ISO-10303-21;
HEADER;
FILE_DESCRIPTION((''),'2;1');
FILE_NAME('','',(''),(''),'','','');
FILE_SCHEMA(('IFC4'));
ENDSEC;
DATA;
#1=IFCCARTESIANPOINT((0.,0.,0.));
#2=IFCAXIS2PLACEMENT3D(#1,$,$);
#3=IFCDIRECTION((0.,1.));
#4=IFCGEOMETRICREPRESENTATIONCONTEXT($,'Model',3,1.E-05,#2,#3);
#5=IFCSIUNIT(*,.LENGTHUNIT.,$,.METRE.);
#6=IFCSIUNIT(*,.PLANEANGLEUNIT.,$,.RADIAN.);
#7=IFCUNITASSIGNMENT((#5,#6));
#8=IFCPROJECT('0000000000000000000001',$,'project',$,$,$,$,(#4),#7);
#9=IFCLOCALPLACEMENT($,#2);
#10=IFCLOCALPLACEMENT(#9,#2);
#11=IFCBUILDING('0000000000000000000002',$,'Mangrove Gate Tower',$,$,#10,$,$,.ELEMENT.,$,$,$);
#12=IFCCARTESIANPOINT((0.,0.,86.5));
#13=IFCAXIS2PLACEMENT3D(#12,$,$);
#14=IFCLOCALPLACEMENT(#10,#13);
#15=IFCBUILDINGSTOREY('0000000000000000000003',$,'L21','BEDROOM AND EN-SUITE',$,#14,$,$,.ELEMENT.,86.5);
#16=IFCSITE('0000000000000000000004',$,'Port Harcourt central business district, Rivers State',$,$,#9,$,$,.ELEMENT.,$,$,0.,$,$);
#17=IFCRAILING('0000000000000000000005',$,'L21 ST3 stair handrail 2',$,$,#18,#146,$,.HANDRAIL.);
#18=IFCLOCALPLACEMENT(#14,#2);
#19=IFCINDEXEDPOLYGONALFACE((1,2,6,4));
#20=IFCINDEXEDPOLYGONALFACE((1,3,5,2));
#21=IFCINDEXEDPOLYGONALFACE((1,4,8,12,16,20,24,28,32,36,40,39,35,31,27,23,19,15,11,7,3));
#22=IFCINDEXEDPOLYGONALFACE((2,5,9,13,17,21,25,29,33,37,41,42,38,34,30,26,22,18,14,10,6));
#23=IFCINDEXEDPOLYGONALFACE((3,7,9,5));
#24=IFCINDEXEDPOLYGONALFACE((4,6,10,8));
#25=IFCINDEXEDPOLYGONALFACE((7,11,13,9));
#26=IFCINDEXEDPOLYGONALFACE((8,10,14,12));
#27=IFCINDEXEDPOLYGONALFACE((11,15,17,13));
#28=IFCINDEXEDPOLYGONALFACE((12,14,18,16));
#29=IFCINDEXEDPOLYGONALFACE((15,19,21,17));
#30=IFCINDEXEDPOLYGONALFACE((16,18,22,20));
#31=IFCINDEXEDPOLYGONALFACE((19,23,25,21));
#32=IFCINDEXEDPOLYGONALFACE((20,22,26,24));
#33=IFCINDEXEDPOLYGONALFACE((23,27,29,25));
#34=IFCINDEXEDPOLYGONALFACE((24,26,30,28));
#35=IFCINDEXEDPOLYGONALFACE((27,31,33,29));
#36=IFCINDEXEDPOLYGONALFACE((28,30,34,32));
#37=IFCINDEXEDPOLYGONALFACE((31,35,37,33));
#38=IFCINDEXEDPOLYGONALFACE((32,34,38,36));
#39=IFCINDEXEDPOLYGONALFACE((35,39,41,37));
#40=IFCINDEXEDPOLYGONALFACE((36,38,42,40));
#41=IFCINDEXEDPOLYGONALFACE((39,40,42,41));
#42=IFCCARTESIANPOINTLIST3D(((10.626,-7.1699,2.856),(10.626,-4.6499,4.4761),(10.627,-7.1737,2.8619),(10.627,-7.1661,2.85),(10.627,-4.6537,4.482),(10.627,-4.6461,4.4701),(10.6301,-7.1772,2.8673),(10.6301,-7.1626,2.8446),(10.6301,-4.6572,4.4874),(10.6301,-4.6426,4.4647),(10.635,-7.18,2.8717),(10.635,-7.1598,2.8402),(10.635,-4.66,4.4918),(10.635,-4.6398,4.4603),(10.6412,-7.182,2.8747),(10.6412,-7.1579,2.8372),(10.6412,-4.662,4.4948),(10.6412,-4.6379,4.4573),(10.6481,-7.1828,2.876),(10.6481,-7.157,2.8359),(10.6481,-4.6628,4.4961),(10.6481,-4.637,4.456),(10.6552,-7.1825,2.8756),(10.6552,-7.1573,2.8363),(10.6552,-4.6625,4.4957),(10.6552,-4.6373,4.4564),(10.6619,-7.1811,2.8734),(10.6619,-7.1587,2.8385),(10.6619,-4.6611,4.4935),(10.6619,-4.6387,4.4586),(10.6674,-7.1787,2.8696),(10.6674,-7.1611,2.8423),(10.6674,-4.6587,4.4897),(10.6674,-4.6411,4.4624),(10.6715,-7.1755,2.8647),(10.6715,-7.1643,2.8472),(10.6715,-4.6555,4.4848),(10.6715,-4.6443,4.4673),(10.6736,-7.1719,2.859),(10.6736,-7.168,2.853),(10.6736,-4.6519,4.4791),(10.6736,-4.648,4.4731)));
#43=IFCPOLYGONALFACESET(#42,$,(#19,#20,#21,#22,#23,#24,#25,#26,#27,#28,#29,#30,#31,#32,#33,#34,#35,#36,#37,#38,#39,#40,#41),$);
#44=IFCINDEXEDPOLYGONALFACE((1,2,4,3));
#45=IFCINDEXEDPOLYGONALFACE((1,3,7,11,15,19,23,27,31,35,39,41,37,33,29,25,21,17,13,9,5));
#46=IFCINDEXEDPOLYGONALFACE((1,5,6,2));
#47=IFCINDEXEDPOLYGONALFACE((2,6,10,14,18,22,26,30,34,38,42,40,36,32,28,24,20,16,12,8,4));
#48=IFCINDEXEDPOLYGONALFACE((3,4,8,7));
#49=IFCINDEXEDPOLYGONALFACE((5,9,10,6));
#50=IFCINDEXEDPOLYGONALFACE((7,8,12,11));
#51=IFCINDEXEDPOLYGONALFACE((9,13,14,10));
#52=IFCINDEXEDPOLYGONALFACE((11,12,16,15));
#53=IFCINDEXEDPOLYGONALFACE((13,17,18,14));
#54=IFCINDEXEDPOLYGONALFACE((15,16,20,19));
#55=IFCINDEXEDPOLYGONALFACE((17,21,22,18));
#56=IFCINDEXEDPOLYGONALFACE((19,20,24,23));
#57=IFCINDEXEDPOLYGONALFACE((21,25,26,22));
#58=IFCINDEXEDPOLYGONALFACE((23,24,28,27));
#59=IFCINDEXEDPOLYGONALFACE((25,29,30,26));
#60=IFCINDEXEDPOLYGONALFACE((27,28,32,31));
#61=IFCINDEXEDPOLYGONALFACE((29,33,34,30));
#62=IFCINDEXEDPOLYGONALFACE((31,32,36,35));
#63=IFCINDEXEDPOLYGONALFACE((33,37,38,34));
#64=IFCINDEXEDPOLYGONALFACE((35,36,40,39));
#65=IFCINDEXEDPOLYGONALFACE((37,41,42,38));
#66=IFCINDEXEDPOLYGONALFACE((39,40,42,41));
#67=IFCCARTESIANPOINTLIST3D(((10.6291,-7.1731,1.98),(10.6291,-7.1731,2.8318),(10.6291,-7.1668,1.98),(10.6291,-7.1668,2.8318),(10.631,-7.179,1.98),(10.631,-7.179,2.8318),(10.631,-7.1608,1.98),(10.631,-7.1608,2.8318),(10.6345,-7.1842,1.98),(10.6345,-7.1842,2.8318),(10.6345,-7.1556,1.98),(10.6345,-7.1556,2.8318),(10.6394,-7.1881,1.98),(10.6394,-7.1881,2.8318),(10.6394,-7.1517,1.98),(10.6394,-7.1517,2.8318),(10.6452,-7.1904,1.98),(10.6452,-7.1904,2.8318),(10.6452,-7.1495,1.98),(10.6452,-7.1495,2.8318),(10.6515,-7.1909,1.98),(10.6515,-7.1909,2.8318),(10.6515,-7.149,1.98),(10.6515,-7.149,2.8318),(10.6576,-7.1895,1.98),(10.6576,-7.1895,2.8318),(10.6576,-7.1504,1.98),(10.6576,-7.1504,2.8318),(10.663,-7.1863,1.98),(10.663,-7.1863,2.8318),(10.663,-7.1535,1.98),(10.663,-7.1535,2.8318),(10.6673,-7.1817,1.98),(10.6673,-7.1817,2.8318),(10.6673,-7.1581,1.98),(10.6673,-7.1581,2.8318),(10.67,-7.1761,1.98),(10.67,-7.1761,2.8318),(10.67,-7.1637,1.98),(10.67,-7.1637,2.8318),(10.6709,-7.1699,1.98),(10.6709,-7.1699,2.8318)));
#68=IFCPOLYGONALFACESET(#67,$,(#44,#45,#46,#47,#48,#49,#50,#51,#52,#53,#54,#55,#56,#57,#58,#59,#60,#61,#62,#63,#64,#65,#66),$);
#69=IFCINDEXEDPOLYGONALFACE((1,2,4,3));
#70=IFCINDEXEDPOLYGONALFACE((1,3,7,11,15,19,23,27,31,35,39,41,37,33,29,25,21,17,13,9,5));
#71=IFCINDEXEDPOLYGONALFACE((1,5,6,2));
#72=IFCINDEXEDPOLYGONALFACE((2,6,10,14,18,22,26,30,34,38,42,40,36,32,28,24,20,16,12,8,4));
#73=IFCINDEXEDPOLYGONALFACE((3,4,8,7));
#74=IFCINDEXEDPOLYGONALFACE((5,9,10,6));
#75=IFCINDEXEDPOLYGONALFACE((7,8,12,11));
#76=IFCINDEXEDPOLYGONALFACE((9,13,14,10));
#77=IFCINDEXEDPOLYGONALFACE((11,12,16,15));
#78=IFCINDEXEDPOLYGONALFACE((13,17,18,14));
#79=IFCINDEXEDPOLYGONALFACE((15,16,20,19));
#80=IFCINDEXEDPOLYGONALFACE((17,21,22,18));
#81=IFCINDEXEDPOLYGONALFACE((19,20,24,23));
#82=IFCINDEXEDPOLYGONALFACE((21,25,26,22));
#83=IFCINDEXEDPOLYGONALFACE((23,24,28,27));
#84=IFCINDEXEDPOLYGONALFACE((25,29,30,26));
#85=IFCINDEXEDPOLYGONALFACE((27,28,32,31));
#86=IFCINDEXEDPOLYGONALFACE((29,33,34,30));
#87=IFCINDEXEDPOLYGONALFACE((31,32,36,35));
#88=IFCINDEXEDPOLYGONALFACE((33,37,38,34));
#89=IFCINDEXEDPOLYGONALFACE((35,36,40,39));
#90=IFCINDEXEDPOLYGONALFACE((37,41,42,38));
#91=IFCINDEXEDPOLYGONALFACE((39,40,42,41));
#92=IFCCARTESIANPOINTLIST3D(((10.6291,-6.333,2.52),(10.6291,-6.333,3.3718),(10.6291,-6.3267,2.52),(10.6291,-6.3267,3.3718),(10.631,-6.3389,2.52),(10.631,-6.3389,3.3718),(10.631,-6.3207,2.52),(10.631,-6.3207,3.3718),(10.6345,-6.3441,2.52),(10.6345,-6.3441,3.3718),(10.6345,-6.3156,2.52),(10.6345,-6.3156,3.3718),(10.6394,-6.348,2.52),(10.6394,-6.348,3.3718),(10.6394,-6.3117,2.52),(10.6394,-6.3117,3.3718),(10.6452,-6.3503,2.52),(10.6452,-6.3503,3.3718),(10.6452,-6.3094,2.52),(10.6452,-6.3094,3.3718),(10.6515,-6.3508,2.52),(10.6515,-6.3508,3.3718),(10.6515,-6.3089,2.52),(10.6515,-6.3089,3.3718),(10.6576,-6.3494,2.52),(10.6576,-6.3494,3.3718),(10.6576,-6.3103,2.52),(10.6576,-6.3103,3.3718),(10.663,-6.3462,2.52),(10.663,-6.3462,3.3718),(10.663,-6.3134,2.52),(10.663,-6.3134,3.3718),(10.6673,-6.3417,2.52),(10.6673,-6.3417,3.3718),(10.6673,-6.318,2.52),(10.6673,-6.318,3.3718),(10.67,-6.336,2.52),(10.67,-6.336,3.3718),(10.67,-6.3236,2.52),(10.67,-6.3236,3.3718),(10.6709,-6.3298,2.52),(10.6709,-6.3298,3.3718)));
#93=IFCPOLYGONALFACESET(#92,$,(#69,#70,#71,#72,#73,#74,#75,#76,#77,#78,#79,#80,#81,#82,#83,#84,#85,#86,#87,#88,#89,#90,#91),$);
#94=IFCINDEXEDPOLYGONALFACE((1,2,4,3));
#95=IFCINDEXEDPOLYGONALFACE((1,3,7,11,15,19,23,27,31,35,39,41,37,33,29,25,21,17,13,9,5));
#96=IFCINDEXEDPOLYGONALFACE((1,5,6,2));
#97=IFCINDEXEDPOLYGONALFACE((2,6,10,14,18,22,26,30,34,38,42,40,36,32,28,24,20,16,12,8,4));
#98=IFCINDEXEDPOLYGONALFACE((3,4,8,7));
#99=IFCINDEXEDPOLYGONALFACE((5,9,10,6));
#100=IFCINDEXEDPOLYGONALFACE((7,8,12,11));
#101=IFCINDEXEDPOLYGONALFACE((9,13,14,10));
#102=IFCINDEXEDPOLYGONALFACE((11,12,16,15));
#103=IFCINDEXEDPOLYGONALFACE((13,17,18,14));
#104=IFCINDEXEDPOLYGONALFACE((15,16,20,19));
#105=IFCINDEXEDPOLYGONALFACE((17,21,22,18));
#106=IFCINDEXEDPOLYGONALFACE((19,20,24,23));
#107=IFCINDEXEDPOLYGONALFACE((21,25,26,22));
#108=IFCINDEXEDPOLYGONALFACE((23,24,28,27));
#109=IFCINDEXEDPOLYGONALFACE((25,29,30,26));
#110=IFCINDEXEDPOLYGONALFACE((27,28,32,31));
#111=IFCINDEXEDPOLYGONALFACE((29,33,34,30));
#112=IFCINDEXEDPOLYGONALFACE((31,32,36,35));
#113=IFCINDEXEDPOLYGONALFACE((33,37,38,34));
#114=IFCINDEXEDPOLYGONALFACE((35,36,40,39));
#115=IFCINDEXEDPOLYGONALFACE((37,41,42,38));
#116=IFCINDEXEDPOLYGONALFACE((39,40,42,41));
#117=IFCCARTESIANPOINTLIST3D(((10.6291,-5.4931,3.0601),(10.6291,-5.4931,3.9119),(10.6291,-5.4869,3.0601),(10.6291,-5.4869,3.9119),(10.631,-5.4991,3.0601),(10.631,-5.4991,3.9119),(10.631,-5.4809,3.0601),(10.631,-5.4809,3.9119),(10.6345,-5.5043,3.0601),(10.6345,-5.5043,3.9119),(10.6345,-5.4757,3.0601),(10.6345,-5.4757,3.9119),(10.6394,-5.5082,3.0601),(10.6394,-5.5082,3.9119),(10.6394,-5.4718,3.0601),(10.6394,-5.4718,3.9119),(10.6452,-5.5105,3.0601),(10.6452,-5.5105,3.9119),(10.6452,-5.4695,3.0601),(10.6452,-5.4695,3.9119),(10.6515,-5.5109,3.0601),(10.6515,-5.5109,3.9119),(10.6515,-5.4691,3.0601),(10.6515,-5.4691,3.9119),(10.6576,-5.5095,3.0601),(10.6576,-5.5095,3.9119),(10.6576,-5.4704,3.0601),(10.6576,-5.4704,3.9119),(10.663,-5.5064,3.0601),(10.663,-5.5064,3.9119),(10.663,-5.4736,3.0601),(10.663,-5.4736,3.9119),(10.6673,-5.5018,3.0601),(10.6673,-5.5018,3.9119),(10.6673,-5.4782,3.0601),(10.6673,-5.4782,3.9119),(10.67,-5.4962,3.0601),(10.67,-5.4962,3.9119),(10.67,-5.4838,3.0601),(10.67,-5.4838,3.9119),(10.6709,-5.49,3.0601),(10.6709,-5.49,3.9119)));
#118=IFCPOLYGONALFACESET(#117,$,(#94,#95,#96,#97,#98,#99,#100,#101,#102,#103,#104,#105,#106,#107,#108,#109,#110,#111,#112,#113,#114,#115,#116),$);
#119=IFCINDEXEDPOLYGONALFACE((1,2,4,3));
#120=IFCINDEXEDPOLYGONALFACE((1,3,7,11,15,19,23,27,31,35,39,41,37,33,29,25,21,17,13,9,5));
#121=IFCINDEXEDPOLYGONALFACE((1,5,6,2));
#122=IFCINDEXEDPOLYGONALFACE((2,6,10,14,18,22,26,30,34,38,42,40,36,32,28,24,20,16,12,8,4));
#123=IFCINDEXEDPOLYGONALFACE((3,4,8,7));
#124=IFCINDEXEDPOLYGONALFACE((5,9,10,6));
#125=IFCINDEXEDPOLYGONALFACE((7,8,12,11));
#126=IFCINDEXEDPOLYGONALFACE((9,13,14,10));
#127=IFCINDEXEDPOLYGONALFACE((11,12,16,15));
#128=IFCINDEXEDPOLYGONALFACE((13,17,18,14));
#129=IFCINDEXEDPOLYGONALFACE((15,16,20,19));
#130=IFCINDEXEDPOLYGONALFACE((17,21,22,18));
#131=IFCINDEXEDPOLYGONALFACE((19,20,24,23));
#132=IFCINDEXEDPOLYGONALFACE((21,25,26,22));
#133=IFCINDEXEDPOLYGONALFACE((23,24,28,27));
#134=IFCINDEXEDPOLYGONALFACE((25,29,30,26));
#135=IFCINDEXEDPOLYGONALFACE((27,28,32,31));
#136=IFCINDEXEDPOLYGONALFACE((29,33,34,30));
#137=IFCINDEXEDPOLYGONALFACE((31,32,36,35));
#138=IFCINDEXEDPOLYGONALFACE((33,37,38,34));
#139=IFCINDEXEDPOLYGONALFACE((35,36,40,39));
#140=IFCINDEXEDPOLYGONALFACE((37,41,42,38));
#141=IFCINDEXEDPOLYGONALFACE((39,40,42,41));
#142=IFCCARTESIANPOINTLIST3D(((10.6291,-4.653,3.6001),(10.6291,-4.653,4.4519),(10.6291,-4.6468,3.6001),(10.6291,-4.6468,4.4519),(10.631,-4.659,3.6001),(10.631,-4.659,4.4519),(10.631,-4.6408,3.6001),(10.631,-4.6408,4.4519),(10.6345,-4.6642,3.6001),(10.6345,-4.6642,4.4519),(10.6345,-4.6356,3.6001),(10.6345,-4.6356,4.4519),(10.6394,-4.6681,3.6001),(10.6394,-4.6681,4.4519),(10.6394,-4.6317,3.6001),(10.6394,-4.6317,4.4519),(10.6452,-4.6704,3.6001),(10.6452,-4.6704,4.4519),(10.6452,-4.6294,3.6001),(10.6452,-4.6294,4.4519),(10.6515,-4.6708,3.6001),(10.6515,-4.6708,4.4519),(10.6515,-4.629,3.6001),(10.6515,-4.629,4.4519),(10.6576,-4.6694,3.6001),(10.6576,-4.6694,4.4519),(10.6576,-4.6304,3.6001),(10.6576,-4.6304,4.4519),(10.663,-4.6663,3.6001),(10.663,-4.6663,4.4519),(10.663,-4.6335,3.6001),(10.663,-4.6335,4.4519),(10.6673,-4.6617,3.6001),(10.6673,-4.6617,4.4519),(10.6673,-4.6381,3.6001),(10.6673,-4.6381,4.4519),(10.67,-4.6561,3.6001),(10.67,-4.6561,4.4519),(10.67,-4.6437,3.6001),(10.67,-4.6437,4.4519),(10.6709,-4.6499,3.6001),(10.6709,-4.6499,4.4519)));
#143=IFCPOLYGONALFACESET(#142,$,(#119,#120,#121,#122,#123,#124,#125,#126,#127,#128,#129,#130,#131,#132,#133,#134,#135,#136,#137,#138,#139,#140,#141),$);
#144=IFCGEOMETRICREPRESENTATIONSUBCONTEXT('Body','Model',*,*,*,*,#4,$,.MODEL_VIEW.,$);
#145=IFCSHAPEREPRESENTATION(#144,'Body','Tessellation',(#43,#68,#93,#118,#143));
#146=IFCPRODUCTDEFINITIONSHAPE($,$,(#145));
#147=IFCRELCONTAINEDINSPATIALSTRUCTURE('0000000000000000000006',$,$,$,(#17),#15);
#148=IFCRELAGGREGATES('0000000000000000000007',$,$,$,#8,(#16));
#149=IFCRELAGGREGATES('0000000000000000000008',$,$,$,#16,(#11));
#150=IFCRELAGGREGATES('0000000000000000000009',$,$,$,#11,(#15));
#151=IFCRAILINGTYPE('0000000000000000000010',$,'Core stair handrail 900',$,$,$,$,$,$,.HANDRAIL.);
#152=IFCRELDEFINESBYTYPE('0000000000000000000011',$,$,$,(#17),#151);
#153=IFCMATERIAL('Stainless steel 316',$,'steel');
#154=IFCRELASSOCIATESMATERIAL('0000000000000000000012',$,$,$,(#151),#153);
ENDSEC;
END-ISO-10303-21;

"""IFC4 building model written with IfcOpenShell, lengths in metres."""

from ifc_helpers import new_model, si_unit, direction, frame, origin, origin_2d, place, context, subcontext, project, spatial, circle, extrude, material, type_object, element, save


model = new_model("IFC4")

# Units and contexts
model_context = context("Model", 3, precision=1e-05, world=origin(), true_north=direction((0.0, 1.0)))
body_context = subcontext(model_context, "Body", "Model", "MODEL_VIEW")
ifc_project = project(units=[si_unit("LENGTHUNIT", "METRE"), si_unit("PLANEANGLEUNIT", "RADIAN")], contexts=[model_context])

# Site, building, storey
site_placement = place(None, origin())
site = spatial("IfcSite", under=ifc_project, at=site_placement, Name="Port Harcourt central business district, Rivers State", CompositionType="ELEMENT", RefElevation=0.0)
building_placement = place(site_placement, origin())
building = spatial("IfcBuilding", under=site, at=building_placement, Name="Mangrove Gate Tower", CompositionType="ELEMENT")
storey_placement = place(building_placement, frame((0.0, 0.0, 86.5)))
storey = spatial("IfcBuildingStorey", under=building, at=storey_placement, Name="L21", Description="BEDROOM AND EN-SUITE", CompositionType="ELEMENT", Elevation=86.5)

# Railing
ifc_material_1 = material(Name="Stainless steel 316", Category="steel")
railing_type_1 = type_object("IfcRailingType", Name="Core stair handrail 900", PredefinedType="HANDRAIL", material=ifc_material_1)
railing_1_placement = place(storey_placement, frame((10.6499, -7.1699, 1.98)))
element("IfcRailing", 1, at=railing_1_placement, inside=storey, type_object=railing_type_1, Name="L21 ST3 stair handrail 2", PredefinedType="HANDRAIL", context=body_context, shape_type="SweptSolid", body=[
    extrude(circle(Radius=0.0239, at=origin_2d()), frame((0.0, 0.0, 0.876), z_axis=(0.0, 0.841163, 0.540782), x_axis=(-1.0, 0.0, 0.0)), (0.0, 0.0, 1.0), 2.9958),
    extrude(circle(Radius=0.021, at=origin_2d()), origin(), (0.0, 0.0, 1.0), 0.8518),
    extrude(circle(Radius=0.021, at=origin_2d()), frame((0.0, 0.8401, 0.54)), (0.0, 0.0, 1.0), 0.8518),
    extrude(circle(Radius=0.021, at=origin_2d()), frame((0.0, 1.6799, 1.0801)), (0.0, 0.0, 1.0), 0.8518),
    extrude(circle(Radius=0.021, at=origin_2d()), frame((0.0, 2.52, 1.6201)), (0.0, 0.0, 1.0), 0.8518),
])

save(model, "model.ifc")
